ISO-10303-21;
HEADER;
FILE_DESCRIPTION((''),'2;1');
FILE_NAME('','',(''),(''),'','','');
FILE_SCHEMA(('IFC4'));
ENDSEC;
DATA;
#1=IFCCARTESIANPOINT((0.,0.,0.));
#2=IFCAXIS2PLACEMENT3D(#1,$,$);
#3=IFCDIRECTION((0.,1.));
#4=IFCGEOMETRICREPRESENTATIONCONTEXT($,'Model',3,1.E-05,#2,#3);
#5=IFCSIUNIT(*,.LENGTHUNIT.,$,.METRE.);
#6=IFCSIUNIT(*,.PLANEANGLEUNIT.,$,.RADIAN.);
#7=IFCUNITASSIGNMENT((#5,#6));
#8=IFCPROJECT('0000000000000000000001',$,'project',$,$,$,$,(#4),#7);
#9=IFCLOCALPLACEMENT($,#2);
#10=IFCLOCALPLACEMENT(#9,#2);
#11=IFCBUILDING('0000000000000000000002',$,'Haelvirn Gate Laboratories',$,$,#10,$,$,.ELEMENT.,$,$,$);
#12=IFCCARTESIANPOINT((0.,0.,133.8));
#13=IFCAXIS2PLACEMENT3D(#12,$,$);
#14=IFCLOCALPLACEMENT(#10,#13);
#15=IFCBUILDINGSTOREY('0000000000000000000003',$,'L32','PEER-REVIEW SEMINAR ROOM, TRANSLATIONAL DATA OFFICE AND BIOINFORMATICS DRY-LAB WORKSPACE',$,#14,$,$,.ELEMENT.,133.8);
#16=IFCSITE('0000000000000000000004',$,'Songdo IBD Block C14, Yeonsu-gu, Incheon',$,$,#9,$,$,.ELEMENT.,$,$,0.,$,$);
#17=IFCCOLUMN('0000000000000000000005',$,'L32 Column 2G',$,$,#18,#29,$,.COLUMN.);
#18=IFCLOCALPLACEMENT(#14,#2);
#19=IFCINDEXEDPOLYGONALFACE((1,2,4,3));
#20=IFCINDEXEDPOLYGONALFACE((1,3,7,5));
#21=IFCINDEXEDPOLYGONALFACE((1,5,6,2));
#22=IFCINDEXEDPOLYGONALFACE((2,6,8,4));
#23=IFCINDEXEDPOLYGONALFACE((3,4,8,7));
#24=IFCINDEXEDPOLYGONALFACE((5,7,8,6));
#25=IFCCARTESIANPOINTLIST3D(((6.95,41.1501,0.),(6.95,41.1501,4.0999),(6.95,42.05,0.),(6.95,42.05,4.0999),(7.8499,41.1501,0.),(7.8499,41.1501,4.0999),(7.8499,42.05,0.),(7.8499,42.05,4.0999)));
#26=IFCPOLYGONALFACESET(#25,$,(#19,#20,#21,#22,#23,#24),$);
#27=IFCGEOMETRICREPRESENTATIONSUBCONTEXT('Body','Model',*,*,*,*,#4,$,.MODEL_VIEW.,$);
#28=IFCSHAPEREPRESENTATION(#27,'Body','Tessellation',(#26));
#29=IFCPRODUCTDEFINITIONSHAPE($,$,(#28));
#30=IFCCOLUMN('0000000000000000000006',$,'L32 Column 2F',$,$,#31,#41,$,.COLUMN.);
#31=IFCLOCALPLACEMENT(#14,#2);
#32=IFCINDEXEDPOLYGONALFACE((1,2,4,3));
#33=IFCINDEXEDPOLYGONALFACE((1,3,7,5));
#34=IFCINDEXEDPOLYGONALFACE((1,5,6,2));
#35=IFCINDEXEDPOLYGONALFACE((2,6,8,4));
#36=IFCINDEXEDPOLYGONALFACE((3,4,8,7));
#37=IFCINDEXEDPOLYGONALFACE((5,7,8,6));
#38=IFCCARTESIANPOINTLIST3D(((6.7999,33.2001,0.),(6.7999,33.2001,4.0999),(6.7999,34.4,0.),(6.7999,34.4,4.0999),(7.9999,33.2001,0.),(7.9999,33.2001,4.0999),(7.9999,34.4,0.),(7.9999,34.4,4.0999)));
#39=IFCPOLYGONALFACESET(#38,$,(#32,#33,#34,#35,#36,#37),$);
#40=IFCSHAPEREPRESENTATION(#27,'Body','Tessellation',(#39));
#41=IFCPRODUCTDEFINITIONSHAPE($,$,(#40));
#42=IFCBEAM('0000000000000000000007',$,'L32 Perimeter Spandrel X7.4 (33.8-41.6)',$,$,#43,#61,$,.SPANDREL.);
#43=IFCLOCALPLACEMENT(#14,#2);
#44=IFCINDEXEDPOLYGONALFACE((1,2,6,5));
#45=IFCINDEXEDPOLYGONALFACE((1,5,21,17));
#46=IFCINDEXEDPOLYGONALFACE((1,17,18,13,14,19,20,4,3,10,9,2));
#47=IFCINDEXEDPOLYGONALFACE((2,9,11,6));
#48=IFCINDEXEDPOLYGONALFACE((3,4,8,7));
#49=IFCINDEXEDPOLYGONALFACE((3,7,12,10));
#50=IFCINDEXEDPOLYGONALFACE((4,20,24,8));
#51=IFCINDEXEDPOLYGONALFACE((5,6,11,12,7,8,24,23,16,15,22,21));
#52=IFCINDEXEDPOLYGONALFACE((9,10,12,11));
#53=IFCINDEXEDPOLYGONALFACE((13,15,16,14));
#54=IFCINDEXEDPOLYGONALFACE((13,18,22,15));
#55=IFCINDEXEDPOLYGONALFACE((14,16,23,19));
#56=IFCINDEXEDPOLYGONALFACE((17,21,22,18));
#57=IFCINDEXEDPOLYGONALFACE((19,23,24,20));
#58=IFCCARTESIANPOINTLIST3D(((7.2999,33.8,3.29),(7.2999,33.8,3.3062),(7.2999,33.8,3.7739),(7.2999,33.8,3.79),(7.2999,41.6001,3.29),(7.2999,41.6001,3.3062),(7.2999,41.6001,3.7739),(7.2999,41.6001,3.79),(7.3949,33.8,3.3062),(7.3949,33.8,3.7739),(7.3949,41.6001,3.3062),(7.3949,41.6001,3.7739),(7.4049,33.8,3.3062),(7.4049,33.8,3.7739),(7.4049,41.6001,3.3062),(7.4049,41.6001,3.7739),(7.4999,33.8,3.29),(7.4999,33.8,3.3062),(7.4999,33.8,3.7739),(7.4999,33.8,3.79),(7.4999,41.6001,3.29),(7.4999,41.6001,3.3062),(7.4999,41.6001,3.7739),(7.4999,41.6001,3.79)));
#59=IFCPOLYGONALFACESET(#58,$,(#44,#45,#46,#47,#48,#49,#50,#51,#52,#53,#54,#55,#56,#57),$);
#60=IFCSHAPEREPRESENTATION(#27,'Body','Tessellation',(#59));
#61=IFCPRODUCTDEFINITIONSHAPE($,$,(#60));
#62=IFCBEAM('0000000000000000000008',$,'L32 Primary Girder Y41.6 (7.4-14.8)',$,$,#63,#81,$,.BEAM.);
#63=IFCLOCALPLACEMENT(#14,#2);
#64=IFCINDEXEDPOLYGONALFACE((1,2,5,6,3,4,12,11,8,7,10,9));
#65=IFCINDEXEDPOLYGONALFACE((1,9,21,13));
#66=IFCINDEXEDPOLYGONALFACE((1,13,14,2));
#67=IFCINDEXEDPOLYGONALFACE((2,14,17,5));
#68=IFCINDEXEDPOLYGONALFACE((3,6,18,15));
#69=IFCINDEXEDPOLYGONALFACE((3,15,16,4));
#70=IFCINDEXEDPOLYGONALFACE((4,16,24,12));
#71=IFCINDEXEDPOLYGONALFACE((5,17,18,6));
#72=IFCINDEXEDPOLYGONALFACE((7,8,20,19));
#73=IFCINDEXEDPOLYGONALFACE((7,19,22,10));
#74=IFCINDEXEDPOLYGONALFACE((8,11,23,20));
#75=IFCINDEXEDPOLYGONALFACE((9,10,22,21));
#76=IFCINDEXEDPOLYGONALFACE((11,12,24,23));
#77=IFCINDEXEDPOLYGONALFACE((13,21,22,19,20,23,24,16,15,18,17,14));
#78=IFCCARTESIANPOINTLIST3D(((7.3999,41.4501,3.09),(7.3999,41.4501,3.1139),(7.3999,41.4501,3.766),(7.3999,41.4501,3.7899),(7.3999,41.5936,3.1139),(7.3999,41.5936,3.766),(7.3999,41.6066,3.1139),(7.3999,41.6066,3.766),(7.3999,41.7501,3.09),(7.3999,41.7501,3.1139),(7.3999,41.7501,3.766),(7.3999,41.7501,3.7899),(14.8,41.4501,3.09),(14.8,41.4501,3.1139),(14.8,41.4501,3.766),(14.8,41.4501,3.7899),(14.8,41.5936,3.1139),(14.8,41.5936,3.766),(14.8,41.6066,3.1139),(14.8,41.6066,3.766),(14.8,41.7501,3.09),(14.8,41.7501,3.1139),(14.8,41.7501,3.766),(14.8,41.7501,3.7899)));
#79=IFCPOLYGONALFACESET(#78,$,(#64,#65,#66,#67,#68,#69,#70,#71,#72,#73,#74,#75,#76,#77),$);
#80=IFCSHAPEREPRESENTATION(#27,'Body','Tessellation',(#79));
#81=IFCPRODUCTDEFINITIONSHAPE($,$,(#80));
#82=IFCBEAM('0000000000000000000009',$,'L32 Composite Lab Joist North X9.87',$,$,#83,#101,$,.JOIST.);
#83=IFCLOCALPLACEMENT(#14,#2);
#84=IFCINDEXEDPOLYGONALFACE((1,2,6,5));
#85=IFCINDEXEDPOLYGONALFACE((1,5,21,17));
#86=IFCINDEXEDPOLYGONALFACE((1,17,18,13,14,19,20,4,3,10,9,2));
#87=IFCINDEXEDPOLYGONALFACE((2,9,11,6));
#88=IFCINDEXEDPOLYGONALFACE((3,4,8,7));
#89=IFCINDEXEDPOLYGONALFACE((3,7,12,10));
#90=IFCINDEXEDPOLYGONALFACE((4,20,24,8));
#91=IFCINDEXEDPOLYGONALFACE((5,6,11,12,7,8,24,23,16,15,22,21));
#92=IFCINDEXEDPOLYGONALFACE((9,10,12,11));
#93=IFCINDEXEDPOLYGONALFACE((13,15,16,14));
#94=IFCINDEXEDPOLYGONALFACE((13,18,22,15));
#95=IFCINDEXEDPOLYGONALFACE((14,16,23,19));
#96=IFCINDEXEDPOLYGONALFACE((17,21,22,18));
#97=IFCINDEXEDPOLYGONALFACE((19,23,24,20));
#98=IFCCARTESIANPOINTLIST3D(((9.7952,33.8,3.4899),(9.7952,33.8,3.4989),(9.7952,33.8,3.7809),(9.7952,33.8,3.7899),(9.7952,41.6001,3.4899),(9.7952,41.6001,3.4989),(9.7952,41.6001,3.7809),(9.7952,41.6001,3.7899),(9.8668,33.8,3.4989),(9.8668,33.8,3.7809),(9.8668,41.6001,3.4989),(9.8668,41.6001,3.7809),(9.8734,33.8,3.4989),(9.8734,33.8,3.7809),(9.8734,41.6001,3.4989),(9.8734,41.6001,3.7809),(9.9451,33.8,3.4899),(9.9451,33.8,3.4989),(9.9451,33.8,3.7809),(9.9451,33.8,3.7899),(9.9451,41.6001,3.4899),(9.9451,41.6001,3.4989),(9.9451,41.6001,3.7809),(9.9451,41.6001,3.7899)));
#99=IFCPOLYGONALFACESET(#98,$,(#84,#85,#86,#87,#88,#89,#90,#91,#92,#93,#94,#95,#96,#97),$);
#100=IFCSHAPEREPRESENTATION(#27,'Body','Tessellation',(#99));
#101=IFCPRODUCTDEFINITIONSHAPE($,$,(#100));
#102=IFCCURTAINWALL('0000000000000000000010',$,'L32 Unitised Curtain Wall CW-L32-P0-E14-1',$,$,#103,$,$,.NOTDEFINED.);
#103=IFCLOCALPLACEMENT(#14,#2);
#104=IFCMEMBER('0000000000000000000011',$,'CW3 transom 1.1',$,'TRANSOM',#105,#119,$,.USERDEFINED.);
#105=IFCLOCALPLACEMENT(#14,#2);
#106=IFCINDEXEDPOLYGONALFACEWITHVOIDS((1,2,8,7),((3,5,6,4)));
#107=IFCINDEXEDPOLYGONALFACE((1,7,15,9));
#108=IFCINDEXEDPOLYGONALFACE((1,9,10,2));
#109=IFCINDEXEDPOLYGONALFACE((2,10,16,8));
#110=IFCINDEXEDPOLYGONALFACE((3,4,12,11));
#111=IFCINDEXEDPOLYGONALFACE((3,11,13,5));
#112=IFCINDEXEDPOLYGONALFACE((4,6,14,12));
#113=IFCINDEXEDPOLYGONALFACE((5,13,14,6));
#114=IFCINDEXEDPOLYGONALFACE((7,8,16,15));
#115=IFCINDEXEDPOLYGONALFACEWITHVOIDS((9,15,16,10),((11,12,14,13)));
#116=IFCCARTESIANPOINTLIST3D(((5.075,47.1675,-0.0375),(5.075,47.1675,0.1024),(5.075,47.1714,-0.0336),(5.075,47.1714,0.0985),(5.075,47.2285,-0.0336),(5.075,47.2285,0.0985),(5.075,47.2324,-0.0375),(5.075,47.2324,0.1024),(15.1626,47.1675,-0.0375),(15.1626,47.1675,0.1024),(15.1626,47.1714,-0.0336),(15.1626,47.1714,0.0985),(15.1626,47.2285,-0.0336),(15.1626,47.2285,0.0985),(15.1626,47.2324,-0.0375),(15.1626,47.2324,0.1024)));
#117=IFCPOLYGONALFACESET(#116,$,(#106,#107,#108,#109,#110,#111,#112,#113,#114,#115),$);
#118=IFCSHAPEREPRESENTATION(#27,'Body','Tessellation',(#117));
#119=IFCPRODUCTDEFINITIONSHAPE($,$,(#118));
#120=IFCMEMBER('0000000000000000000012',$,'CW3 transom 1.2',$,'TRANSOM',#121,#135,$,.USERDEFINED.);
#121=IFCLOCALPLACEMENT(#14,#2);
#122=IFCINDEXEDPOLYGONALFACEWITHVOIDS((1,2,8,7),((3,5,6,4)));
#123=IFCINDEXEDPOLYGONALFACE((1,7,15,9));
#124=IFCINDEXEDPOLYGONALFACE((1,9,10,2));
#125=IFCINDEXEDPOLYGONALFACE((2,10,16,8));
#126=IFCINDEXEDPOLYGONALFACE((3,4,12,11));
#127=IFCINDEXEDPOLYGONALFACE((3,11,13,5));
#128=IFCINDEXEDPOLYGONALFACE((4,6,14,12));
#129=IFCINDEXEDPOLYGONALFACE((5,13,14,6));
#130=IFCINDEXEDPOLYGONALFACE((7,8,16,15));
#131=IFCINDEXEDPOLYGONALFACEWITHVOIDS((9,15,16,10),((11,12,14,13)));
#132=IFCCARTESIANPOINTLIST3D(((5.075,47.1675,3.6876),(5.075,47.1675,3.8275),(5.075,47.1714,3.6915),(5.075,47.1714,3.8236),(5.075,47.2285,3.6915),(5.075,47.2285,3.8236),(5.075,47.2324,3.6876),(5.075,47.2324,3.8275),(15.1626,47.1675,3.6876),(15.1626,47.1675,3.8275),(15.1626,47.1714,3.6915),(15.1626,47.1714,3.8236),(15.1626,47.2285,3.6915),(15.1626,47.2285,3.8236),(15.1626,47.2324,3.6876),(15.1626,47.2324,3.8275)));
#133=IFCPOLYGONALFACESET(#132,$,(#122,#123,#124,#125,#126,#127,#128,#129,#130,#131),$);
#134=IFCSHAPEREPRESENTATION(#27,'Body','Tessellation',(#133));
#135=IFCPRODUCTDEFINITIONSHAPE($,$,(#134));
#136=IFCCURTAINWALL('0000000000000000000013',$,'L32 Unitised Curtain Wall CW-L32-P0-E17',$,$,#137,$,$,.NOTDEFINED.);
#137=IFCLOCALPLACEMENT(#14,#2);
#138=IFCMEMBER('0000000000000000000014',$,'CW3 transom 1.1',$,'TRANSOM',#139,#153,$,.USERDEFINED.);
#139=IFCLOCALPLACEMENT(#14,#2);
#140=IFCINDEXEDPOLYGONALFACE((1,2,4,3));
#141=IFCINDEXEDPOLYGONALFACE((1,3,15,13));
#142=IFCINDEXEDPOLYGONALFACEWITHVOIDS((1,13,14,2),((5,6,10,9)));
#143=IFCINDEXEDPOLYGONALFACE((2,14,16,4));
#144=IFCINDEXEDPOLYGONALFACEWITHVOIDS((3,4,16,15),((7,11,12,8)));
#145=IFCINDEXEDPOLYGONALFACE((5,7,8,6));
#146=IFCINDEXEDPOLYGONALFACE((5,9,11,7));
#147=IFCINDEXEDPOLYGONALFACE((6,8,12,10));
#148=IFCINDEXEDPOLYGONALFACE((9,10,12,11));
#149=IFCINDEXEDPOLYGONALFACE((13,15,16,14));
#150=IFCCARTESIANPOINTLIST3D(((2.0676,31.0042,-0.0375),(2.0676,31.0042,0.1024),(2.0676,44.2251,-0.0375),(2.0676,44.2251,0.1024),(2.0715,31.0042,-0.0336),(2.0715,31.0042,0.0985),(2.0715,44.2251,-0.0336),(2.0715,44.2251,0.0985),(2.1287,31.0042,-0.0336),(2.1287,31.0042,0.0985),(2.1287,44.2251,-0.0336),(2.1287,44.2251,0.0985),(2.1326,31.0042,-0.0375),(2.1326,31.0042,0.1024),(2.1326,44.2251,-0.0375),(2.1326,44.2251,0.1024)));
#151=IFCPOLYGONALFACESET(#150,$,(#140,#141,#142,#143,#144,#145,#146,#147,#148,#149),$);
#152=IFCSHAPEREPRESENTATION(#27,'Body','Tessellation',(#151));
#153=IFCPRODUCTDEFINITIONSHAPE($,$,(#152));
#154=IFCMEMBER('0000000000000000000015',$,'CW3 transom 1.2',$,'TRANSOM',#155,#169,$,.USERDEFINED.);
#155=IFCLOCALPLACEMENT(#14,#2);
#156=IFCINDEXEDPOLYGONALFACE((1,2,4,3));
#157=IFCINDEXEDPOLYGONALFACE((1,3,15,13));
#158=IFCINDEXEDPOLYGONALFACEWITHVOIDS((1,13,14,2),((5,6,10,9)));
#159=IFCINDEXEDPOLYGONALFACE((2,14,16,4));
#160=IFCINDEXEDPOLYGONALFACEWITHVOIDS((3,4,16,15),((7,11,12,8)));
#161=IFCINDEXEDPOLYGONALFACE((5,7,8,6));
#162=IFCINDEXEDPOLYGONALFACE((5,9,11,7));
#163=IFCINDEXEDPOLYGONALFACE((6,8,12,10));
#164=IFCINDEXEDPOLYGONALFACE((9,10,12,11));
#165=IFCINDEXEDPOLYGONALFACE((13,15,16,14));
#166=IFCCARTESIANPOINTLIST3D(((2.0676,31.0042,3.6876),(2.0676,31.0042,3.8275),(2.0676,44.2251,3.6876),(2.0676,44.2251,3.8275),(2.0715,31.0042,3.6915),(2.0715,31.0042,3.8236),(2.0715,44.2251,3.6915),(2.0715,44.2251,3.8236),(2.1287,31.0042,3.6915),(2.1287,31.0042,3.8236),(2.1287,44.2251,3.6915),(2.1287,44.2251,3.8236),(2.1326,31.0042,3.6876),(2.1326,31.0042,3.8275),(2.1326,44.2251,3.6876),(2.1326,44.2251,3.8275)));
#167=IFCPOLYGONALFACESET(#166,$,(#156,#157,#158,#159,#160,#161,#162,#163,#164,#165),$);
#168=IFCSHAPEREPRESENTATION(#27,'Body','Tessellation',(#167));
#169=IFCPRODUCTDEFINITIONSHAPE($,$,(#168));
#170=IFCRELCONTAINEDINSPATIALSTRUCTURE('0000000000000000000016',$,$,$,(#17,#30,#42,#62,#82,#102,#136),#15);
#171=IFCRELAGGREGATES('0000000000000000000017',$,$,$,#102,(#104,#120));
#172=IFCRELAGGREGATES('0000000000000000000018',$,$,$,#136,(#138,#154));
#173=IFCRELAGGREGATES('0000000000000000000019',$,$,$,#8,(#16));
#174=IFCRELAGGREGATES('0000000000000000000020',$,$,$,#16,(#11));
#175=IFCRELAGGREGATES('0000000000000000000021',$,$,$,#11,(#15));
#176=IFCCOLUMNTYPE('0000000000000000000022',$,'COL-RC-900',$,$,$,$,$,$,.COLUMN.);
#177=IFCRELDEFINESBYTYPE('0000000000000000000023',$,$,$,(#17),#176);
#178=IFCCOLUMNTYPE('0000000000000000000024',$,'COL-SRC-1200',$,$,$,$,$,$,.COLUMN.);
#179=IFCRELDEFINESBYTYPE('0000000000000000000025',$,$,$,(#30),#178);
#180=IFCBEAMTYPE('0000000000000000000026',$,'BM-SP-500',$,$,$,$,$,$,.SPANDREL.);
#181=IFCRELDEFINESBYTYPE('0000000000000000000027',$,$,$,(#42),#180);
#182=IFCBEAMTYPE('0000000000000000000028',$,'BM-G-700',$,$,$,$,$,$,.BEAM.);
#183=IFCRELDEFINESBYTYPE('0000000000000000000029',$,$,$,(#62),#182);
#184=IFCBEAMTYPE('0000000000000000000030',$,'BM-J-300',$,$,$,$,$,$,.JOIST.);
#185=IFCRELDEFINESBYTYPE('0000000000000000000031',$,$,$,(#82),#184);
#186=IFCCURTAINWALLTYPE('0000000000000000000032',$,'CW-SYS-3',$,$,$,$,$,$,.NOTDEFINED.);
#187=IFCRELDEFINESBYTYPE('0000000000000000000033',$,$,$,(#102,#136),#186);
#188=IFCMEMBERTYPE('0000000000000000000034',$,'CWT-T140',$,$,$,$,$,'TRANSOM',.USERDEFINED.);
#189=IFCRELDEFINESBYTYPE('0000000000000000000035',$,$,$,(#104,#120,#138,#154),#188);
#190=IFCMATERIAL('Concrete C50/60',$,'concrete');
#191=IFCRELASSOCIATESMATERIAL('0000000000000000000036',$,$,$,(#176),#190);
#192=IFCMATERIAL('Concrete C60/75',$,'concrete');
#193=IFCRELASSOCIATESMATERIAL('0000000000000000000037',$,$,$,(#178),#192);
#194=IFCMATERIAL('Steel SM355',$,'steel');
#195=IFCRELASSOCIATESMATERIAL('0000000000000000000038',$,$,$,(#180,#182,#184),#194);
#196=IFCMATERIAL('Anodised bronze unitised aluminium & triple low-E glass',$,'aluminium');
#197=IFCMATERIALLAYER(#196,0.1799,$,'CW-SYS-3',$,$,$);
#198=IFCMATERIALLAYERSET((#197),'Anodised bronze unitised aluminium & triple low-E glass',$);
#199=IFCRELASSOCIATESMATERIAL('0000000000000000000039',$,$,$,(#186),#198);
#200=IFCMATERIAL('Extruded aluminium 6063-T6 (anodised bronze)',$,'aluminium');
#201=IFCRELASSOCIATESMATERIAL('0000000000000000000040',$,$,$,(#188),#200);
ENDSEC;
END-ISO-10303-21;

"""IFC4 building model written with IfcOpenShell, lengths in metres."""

from ifc_helpers import new_model, si_unit, direction, frame, origin, origin_2d, place, context, subcontext, project, spatial, rectangle, hollow_rectangle, i_section, extrude, source, transform, mapped, material, layer, layer_set, material_profile, profile_set, type_object, type_shapes, element, aggregate, save


model = new_model("IFC4")

# Units and contexts
model_context = context("Model", 3, precision=1e-05, world=origin(), true_north=direction((0.0, 1.0)))
body_context = subcontext(model_context, "Body", "Model", "MODEL_VIEW")
ifc_project = project(units=[si_unit("LENGTHUNIT", "METRE"), si_unit("PLANEANGLEUNIT", "RADIAN")], contexts=[model_context])

# Site, building, storey
site_placement = place(None, origin())
site = spatial("IfcSite", under=ifc_project, at=site_placement, Name="Songdo IBD Block C14, Yeonsu-gu, Incheon", CompositionType="ELEMENT", RefElevation=0.0)
building_placement = place(site_placement, origin())
building = spatial("IfcBuilding", under=site, at=building_placement, Name="Haelvirn Gate Laboratories", CompositionType="ELEMENT")
storey_placement = place(building_placement, frame((0.0, 0.0, 133.8)))
storey = spatial("IfcBuildingStorey", under=building, at=storey_placement, Name="L32", Description="PEER-REVIEW SEMINAR ROOM, TRANSLATIONAL DATA OFFICE AND BIOINFORMATICS DRY-LAB WORKSPACE", CompositionType="ELEMENT", Elevation=133.8)

# Columns
ifc_material_1 = material(Name="Concrete C50/60", Category="concrete")
ifc_material_profile_1 = material_profile(ifc_material_1, rectangle(XDim=0.8999, YDim=0.8999, at=origin_2d()), Name="RC-900x900")
ifc_profile_set_1 = profile_set([ifc_material_profile_1], Name="Concrete C50/60")
column_type_1 = type_object("IfcColumnType", Name="COL-RC-900", PredefinedType="COLUMN", material=ifc_profile_set_1)
shared_shape_1 = source(origin(), body_context, "Body", "SweptSolid", [
    extrude(rectangle(XDim=0.8999, YDim=0.8999, at=origin_2d()), origin(), (0.0, 0.0, 1.0), 4.0999),
])
type_shapes(column_type_1, [shared_shape_1])
column_1_placement = place(storey_placement, frame((7.3999, 41.6001, 0.0), z_axis=(0.0, 0.0, 1.0), x_axis=(1.0, 0.0, 0.0)))
element("IfcColumn", 1, at=column_1_placement, inside=storey, type_object=column_type_1, Name="L32 Column 2G", PredefinedType="COLUMN", context=body_context, shape_type="MappedRepresentation", body=[
    mapped(shared_shape_1, transform((0.0, 0.0, 0.0), scale=1.0)),
])
ifc_material_2 = material(Name="Concrete C60/75", Category="concrete")
ifc_material_profile_2 = material_profile(ifc_material_2, rectangle(XDim=1.2, YDim=1.2, at=origin_2d()), Name="SRC-1200x1200")
ifc_profile_set_2 = profile_set([ifc_material_profile_2], Name="Concrete C60/75")
column_type_2 = type_object("IfcColumnType", Name="COL-SRC-1200", PredefinedType="COLUMN", material=ifc_profile_set_2)
shared_shape_2 = source(origin(), body_context, "Body", "SweptSolid", [
    extrude(rectangle(XDim=1.2, YDim=1.2, at=origin_2d()), origin(), (0.0, 0.0, 1.0), 4.0999),
])
type_shapes(column_type_2, [shared_shape_2])
column_2_placement = place(storey_placement, frame((7.3999, 33.8, 0.0), z_axis=(0.0, 0.0, 1.0), x_axis=(1.0, 0.0, 0.0)))
element("IfcColumn", 2, at=column_2_placement, inside=storey, type_object=column_type_2, Name="L32 Column 2F", PredefinedType="COLUMN", context=body_context, shape_type="MappedRepresentation", body=[
    mapped(shared_shape_2, transform((0.0, 0.0, 0.0), scale=1.0)),
])

# Beams
ifc_material_3 = material(Name="Steel SM355", Category="steel")
ifc_material_profile_3 = material_profile(ifc_material_3, i_section(OverallWidth=0.2, OverallDepth=0.5, WebThickness=0.01, FlangeThickness=0.0161, at=origin_2d()), Name="H-500x200x10x16")
ifc_profile_set_3 = profile_set([ifc_material_profile_3], Name="Steel SM355")
beam_type_1 = type_object("IfcBeamType", Name="BM-SP-500", PredefinedType="SPANDREL", material=ifc_profile_set_3)
shared_shape_3 = source(origin(), body_context, "Body", "SweptSolid", [
    extrude(i_section(OverallWidth=0.2, OverallDepth=0.5, WebThickness=0.01, FlangeThickness=0.0161, at=origin_2d()), origin(), (0.0, 0.0, 1.0), 7.8),
])
type_shapes(beam_type_1, [shared_shape_3])
beam_1_placement = place(storey_placement, frame((7.3999, 33.8, 3.54), z_axis=(0.0, 1.0, 0.0), x_axis=(-1.0, 0.0, 0.0)))
element("IfcBeam", 3, at=beam_1_placement, inside=storey, type_object=beam_type_1, Name="L32 Perimeter Spandrel X7.4 (33.8-41.6)", PredefinedType="SPANDREL", context=body_context, shape_type="MappedRepresentation", body=[
    mapped(shared_shape_3, transform((0.0, 0.0, 0.0), scale=1.0)),
])
ifc_material_profile_4 = material_profile(ifc_material_3, i_section(OverallWidth=0.3, OverallDepth=0.7, WebThickness=0.0129, FlangeThickness=0.0239, at=origin_2d()), Name="H-700x300x13x24")
ifc_profile_set_4 = profile_set([ifc_material_profile_4], Name="Steel SM355")
beam_type_2 = type_object("IfcBeamType", Name="BM-G-700", PredefinedType="BEAM", material=ifc_profile_set_4)
shared_shape_4 = source(origin(), body_context, "Body", "SweptSolid", [
    extrude(i_section(OverallWidth=0.3, OverallDepth=0.7, WebThickness=0.0129, FlangeThickness=0.0239, at=origin_2d()), origin(), (0.0, 0.0, 1.0), 7.4001),
])
type_shapes(beam_type_2, [shared_shape_4])
beam_2_placement = place(storey_placement, frame((7.3999, 41.6001, 3.4399), z_axis=(1.0, 0.0, 0.0), x_axis=(0.0, 1.0, 0.0)))
element("IfcBeam", 4, at=beam_2_placement, inside=storey, type_object=beam_type_2, Name="L32 Primary Girder Y41.6 (7.4-14.8)", PredefinedType="BEAM", context=body_context, shape_type="MappedRepresentation", body=[
    mapped(shared_shape_4, transform((0.0, 0.0, 0.0), scale=1.0)),
])
ifc_material_profile_5 = material_profile(ifc_material_3, i_section(OverallWidth=0.1499, OverallDepth=0.3, WebThickness=0.0066, FlangeThickness=0.009, at=origin_2d()), Name="H-300x150x6.5x9")
ifc_profile_set_5 = profile_set([ifc_material_profile_5], Name="Steel SM355")
beam_type_3 = type_object("IfcBeamType", Name="BM-J-300", PredefinedType="JOIST", material=ifc_profile_set_5)
shared_shape_5 = source(origin(), body_context, "Body", "SweptSolid", [
    extrude(i_section(OverallWidth=0.1499, OverallDepth=0.3, WebThickness=0.0066, FlangeThickness=0.009, at=origin_2d()), origin(), (0.0, 0.0, 1.0), 7.8),
])
type_shapes(beam_type_3, [shared_shape_5])
beam_3_placement = place(storey_placement, frame((9.8701, 33.8, 3.6399), z_axis=(0.0, 1.0, 0.0), x_axis=(-1.0, 0.0, 0.0)))
element("IfcBeam", 5, at=beam_3_placement, inside=storey, type_object=beam_type_3, Name="L32 Composite Lab Joist North X9.87", PredefinedType="JOIST", context=body_context, shape_type="MappedRepresentation", body=[
    mapped(shared_shape_5, transform((0.0, 0.0, 0.0), scale=1.0)),
])

# Curtain walls, members
ifc_material_4 = material(Name="Anodised bronze unitised aluminium & triple low-E glass", Category="aluminium")
ifc_layer_1 = layer(ifc_material_4, 0.1799, Name="CW-SYS-3")
ifc_layer_set_1 = layer_set([ifc_layer_1], Name="Anodised bronze unitised aluminium & triple low-E glass")
curtain_wall_type_1 = type_object("IfcCurtainWallType", Name="CW-SYS-3", PredefinedType="NOTDEFINED", material=ifc_layer_set_1)
curtain_wall_1_placement = place(storey_placement, origin())
curtain_wall_1 = element("IfcCurtainWall", 6, at=curtain_wall_1_placement, inside=storey, type_object=curtain_wall_type_1, Name="L32 Unitised Curtain Wall CW-L32-P0-E14-1", PredefinedType="NOTDEFINED")
ifc_material_5 = material(Name="Extruded aluminium 6063-T6 (anodised bronze)", Category="aluminium")
ifc_material_profile_6 = material_profile(ifc_material_5, hollow_rectangle(XDim=0.0649, YDim=0.1399, WallThickness=0.0039, at=origin_2d()), Name="CWT-140x65x4")
ifc_profile_set_6 = profile_set([ifc_material_profile_6], Name="Extruded aluminium 6063-T6 (anodised bronze)")
member_type_1 = type_object("IfcMemberType", Name="CWT-T140", ElementType="TRANSOM", PredefinedType="USERDEFINED", material=ifc_profile_set_6)
shared_shape_6 = source(origin(), body_context, "Body", "SweptSolid", [
    extrude(hollow_rectangle(XDim=0.0649, YDim=0.1399, WallThickness=0.0039, at=origin_2d()), origin(), (0.0, 0.0, 1.0), 10.0876),
])
member_1_placement = place(storey_placement, frame((5.075, 47.2, 0.0325), z_axis=(1.0, 0.0, 0.0), x_axis=(0.0, 1.0, 0.0)))
member_1 = element("IfcMember", 7, at=member_1_placement, type_object=member_type_1, Name="CW3 transom 1.1", ObjectType="TRANSOM", PredefinedType="USERDEFINED", context=body_context, shape_type="MappedRepresentation", body=[
    mapped(shared_shape_6, transform((0.0, 0.0, 0.0), scale=1.0)),
])
member_2_placement = place(storey_placement, frame((5.075, 47.2, 3.7576), z_axis=(1.0, 0.0, 0.0), x_axis=(0.0, 1.0, 0.0)))
member_2 = element("IfcMember", 8, at=member_2_placement, type_object=member_type_1, Name="CW3 transom 1.2", ObjectType="TRANSOM", PredefinedType="USERDEFINED", context=body_context, shape_type="MappedRepresentation", body=[
    mapped(shared_shape_6, transform((0.0, 0.0, 0.0), scale=1.0)),
])
curtain_wall_2_placement = place(storey_placement, origin())
curtain_wall_2 = element("IfcCurtainWall", 9, at=curtain_wall_2_placement, inside=storey, type_object=curtain_wall_type_1, Name="L32 Unitised Curtain Wall CW-L32-P0-E17", PredefinedType="NOTDEFINED")
shared_shape_7 = source(origin(), body_context, "Body", "SweptSolid", [
    extrude(hollow_rectangle(XDim=0.0649, YDim=0.1399, WallThickness=0.0039, at=origin_2d()), origin(), (0.0, 0.0, 1.0), 13.2209),
])
member_3_placement = place(storey_placement, frame((2.1001, 44.2251, 0.0325), z_axis=(0.0, -1.0, 0.0), x_axis=(1.0, 0.0, 0.0)))
member_3 = element("IfcMember", 10, at=member_3_placement, type_object=member_type_1, Name="CW3 transom 1.1", ObjectType="TRANSOM", PredefinedType="USERDEFINED", context=body_context, shape_type="MappedRepresentation", body=[
    mapped(shared_shape_7, transform((0.0, 0.0, 0.0), scale=1.0)),
])
member_4_placement = place(storey_placement, frame((2.1001, 44.2251, 3.7576), z_axis=(0.0, -1.0, 0.0), x_axis=(1.0, 0.0, 0.0)))
member_4 = element("IfcMember", 11, at=member_4_placement, type_object=member_type_1, Name="CW3 transom 1.2", ObjectType="TRANSOM", PredefinedType="USERDEFINED", context=body_context, shape_type="MappedRepresentation", body=[
    mapped(shared_shape_7, transform((0.0, 0.0, 0.0), scale=1.0)),
])

aggregate(curtain_wall_1, [member_1, member_2])
aggregate(curtain_wall_2, [member_3, member_4])

save(model, "model.ifc")
